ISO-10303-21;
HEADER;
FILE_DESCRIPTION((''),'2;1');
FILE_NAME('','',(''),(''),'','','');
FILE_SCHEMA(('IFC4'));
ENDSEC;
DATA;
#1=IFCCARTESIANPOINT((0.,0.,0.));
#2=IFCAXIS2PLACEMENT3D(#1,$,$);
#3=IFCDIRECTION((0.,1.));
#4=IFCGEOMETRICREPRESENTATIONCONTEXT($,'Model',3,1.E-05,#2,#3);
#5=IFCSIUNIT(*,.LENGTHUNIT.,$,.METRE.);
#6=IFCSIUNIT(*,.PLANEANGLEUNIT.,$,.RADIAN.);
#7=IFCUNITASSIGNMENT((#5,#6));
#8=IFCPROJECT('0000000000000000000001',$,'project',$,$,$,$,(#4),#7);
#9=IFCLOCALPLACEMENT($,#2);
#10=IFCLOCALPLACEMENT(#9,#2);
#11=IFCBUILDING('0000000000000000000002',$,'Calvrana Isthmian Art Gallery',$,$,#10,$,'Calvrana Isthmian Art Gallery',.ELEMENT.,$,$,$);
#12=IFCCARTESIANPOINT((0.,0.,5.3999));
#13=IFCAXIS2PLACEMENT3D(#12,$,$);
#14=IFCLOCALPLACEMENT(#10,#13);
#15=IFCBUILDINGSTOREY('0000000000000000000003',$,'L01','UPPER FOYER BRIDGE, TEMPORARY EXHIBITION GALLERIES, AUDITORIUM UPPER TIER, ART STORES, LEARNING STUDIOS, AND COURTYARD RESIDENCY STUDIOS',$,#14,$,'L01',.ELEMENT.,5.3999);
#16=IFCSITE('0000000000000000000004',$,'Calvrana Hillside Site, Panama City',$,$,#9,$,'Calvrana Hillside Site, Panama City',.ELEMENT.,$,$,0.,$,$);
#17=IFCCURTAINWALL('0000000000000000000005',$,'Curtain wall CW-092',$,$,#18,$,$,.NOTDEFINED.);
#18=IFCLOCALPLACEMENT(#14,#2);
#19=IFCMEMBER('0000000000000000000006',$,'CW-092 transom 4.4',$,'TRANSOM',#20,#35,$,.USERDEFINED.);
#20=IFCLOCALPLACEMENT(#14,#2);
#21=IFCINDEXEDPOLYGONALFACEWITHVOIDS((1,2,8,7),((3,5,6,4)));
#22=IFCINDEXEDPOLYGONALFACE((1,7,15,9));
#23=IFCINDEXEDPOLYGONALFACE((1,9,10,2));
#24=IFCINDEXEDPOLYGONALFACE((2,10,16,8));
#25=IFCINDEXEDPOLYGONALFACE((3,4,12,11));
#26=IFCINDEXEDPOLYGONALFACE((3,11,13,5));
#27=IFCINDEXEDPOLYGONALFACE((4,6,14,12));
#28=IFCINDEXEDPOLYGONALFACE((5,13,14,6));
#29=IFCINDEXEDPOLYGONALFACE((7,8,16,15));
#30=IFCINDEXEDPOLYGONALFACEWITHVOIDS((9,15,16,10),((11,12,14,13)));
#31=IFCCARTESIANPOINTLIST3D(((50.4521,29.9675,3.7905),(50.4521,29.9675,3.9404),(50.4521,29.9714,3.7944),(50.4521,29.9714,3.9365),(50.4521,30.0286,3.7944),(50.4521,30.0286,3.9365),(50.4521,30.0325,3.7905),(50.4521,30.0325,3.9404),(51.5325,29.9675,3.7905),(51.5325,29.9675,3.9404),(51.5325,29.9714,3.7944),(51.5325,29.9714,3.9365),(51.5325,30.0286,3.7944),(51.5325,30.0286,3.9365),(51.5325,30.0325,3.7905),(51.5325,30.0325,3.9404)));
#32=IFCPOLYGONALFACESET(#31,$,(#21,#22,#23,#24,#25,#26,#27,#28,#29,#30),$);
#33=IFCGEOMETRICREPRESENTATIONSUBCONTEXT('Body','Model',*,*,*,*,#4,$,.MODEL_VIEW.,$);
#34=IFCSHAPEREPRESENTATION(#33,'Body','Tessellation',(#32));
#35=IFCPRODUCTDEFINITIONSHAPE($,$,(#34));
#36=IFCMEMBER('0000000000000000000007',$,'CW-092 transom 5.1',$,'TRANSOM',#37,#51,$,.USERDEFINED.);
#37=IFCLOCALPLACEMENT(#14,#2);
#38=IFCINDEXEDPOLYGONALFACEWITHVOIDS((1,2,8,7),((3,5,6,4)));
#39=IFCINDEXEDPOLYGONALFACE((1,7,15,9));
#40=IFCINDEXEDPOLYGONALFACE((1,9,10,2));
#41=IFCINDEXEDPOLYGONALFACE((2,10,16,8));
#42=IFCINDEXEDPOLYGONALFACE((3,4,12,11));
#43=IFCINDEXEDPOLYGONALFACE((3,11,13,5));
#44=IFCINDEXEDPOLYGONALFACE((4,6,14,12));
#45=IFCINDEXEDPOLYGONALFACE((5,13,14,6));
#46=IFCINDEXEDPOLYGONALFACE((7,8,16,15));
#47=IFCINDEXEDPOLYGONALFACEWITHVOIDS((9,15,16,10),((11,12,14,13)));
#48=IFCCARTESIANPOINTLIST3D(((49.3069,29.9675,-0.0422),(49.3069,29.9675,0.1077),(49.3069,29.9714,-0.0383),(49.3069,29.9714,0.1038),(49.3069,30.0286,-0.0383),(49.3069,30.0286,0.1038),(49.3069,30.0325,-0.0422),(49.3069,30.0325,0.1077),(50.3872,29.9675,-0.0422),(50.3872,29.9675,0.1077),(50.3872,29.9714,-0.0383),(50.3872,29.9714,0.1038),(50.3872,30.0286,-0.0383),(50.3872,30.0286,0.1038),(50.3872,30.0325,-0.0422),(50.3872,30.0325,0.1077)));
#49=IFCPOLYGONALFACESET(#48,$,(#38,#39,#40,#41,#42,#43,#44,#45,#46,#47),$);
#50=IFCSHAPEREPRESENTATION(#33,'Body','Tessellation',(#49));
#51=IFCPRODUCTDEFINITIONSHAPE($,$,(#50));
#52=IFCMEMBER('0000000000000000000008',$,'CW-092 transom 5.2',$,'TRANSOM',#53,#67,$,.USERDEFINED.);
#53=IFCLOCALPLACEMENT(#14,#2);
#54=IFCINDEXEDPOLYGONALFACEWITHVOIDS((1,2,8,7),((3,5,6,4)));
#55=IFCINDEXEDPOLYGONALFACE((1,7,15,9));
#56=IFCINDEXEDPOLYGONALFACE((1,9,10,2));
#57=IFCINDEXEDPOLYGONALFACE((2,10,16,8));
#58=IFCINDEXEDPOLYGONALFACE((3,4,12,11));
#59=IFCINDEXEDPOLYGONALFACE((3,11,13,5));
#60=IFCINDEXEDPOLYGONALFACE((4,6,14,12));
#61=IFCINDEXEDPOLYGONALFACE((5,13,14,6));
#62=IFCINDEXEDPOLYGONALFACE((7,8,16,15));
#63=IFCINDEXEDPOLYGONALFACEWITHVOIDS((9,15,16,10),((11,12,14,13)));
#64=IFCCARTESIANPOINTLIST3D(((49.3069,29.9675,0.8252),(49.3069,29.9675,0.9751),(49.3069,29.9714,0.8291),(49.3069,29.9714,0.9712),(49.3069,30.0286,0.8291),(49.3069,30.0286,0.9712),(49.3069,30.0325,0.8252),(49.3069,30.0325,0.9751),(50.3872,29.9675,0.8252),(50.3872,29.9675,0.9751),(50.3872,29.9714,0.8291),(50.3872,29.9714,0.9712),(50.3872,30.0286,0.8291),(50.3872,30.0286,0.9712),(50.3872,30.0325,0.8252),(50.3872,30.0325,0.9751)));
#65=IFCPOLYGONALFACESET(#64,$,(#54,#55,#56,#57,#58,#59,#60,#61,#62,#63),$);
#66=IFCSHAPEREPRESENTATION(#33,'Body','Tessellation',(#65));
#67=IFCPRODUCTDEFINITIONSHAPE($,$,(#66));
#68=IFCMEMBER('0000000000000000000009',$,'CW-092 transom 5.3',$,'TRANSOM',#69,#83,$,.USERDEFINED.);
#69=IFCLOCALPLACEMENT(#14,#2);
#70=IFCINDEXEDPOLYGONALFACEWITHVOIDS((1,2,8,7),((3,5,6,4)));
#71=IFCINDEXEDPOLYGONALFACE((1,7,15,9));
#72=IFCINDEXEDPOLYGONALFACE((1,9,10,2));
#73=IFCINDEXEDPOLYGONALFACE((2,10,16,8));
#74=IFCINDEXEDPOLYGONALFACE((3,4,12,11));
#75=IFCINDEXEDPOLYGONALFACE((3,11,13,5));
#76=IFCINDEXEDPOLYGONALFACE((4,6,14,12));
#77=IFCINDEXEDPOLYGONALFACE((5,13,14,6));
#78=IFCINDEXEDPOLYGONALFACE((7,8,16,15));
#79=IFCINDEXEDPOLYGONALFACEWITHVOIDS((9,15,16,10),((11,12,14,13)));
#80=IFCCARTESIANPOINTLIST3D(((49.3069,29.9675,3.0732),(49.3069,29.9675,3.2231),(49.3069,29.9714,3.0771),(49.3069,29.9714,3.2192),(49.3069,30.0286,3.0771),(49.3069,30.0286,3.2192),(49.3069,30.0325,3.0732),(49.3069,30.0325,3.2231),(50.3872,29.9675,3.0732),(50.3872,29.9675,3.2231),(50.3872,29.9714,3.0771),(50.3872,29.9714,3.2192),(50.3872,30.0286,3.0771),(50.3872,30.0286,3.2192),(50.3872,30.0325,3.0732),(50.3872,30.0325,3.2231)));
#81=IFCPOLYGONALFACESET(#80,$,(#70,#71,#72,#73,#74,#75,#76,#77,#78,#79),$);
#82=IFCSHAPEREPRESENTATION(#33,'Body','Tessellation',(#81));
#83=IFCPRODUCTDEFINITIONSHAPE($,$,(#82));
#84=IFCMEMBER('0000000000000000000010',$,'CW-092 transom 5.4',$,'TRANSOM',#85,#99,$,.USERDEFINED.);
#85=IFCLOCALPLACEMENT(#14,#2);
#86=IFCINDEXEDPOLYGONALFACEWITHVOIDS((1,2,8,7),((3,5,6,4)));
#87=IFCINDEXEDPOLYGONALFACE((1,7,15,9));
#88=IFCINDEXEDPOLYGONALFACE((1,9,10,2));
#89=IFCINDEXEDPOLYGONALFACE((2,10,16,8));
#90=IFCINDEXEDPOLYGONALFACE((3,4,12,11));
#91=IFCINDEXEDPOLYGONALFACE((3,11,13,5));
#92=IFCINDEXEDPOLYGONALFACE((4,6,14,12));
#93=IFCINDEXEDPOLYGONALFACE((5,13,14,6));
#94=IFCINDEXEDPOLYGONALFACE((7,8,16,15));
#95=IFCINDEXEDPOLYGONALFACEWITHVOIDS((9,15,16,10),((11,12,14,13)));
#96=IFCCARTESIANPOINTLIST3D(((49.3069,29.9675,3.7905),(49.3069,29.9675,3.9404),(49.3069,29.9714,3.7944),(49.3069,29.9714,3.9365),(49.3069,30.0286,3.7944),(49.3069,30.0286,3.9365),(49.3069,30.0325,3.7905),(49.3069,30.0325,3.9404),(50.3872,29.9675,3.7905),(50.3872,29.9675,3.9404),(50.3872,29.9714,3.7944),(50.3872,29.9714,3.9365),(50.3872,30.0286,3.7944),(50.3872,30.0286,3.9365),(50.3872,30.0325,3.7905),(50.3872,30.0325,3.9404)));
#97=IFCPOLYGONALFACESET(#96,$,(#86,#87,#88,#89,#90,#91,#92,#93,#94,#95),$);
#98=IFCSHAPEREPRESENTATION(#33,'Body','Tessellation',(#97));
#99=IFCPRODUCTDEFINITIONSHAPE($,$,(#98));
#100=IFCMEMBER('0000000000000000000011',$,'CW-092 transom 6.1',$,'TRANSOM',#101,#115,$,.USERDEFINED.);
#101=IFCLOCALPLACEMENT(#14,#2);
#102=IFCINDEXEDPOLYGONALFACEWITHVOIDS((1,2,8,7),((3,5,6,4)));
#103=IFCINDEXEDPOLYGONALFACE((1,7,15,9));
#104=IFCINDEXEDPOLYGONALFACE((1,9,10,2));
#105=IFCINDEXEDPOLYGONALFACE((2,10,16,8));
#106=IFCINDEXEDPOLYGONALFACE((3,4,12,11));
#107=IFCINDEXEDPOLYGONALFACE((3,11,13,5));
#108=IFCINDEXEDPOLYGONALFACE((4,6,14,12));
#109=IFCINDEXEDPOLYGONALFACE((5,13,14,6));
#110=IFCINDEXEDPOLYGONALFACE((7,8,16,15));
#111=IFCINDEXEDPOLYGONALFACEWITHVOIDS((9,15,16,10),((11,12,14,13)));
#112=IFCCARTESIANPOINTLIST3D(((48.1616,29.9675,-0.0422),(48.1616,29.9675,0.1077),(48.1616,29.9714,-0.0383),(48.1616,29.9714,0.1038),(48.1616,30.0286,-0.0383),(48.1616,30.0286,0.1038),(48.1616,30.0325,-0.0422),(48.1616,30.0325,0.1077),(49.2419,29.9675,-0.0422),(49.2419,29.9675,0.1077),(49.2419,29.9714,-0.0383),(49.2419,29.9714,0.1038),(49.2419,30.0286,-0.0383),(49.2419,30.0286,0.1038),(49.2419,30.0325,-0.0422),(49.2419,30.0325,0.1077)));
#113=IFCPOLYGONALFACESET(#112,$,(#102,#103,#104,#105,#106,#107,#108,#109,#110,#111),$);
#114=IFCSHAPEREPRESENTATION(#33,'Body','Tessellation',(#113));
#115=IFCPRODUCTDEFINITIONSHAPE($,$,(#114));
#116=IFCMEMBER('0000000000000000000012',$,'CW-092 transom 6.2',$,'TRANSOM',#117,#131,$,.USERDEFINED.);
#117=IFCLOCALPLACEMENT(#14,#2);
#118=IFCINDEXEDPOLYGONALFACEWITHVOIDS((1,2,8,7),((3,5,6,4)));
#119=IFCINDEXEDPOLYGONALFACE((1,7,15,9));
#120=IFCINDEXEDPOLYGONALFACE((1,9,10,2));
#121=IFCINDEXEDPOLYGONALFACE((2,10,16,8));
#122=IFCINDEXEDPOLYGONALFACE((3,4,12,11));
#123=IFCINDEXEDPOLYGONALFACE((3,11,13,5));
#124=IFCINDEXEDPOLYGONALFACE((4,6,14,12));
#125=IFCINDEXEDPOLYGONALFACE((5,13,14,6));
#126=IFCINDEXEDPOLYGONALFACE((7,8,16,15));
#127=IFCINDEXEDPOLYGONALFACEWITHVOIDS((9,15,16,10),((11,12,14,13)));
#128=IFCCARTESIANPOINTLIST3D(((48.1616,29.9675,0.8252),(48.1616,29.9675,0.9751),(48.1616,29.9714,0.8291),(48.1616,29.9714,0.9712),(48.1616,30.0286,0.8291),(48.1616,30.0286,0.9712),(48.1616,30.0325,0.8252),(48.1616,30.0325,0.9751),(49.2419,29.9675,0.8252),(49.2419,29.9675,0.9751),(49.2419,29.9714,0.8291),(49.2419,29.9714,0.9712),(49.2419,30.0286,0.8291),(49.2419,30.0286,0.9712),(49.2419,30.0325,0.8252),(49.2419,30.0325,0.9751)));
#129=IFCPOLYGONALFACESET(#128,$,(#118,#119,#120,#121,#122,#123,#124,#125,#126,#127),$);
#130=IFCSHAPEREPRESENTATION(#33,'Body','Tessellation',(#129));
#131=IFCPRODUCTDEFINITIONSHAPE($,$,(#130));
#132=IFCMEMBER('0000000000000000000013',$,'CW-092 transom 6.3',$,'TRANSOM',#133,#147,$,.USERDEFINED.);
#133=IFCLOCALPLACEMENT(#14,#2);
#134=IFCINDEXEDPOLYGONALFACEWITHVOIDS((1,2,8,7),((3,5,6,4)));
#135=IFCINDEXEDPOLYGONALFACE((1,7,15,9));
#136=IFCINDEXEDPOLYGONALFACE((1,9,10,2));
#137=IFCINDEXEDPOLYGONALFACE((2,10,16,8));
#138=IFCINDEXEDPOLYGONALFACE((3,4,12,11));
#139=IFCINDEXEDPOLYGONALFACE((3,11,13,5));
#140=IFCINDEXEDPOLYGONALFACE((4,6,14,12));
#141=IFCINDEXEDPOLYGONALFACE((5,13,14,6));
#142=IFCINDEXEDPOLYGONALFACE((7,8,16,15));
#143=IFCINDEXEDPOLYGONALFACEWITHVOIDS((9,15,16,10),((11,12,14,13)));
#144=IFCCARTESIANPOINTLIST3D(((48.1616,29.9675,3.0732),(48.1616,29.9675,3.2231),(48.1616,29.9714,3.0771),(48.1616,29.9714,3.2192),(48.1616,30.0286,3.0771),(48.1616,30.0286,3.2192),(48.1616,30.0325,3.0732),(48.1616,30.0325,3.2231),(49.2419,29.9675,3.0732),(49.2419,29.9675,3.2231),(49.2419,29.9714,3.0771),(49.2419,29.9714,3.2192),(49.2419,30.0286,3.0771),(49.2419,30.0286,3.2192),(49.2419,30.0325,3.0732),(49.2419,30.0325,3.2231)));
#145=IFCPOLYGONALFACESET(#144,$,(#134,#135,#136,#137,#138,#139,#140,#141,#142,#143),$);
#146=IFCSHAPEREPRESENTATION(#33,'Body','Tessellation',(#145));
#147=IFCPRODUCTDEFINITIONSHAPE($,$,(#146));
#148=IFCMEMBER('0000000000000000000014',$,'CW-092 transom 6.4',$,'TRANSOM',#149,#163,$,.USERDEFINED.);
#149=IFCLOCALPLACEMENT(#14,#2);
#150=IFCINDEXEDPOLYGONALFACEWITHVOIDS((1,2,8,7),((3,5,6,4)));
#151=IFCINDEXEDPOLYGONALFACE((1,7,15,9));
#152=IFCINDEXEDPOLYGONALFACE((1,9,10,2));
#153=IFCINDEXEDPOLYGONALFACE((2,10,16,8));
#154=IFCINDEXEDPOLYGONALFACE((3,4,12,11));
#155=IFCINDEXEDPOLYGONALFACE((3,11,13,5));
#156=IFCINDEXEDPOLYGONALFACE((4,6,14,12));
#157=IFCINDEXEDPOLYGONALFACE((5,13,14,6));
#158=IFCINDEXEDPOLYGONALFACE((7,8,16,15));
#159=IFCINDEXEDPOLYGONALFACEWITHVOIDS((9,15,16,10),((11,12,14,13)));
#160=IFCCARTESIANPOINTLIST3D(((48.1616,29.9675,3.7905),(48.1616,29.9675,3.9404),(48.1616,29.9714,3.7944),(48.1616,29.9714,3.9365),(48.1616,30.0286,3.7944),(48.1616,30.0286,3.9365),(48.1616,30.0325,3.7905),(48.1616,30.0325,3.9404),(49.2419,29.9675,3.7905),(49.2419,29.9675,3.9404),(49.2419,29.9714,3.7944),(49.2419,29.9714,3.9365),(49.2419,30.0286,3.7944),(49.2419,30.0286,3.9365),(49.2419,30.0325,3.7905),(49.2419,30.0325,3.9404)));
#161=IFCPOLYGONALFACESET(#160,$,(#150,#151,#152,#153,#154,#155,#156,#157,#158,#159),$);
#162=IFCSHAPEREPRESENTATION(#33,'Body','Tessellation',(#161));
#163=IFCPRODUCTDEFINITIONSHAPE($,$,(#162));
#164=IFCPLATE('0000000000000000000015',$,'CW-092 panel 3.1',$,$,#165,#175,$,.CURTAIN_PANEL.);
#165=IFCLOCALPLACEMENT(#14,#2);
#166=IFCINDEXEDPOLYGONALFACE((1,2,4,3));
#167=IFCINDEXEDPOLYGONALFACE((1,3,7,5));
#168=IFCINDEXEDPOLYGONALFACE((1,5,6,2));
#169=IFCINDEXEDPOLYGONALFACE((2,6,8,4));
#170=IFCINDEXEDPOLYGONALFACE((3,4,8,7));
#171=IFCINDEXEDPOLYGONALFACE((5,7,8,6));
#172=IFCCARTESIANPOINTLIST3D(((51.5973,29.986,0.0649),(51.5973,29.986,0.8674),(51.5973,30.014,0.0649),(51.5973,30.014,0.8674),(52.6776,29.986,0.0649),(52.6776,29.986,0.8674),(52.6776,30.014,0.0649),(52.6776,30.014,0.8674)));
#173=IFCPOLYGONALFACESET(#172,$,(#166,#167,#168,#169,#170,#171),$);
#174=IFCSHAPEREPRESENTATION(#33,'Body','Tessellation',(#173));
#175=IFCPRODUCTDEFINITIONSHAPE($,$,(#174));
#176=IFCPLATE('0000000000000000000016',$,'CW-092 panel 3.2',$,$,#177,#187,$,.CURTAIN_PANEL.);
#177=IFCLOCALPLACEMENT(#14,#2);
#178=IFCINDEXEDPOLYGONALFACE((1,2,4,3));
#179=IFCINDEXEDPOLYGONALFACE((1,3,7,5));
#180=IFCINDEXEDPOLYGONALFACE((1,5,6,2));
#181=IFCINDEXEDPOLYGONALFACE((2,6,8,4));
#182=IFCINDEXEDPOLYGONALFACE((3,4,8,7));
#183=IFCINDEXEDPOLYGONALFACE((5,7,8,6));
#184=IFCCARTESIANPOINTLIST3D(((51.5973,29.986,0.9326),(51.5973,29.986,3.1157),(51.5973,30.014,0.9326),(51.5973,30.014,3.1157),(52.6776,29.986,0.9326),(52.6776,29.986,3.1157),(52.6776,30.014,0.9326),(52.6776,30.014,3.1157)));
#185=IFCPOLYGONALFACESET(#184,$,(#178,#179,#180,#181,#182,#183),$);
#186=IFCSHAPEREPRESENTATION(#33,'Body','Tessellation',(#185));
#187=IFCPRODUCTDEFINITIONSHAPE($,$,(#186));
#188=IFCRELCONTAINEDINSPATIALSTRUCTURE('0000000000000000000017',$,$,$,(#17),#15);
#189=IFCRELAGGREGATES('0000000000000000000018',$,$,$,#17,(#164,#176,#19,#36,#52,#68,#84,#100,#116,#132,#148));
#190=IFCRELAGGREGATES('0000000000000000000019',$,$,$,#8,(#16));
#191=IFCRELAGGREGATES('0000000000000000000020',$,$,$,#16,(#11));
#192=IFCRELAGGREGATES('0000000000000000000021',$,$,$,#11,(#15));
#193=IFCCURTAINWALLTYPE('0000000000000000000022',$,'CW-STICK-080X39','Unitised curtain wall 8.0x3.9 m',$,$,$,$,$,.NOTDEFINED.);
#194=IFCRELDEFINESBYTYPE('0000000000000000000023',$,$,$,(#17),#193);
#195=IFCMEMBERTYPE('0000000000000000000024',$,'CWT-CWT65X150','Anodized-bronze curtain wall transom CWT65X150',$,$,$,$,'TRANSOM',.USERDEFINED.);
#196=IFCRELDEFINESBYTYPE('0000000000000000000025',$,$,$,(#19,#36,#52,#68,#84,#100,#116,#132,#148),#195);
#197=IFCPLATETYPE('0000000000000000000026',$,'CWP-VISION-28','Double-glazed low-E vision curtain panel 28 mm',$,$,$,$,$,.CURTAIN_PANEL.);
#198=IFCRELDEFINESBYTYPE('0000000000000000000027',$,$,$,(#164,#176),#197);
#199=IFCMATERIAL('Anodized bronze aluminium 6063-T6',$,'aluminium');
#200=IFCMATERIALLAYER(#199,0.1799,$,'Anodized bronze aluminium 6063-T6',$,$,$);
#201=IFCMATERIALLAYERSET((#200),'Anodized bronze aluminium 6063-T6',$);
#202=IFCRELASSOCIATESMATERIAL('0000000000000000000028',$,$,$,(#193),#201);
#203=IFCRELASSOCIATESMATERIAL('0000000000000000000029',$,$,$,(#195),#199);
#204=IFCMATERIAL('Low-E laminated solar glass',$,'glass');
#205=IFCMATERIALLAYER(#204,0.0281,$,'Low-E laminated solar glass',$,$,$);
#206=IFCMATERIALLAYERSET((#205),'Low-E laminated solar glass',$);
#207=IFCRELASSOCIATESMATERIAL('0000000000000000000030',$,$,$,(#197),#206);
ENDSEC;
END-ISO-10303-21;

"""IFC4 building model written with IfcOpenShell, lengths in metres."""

from ifc_helpers import new_model, si_unit, direction, frame, origin, origin_2d, place, context, subcontext, project, spatial, rectangle, hollow_rectangle, extrude, material, layer, layer_set, material_profile, profile_set, type_object, element, aggregate, save


model = new_model("IFC4")

# Units and contexts
model_context = context("Model", 3, precision=1e-05, world=origin(), true_north=direction((0.0, 1.0)))
body_context = subcontext(model_context, "Body", "Model", "MODEL_VIEW")
ifc_project = project(units=[si_unit("LENGTHUNIT", "METRE"), si_unit("PLANEANGLEUNIT", "RADIAN")], contexts=[model_context])

# Site, building, storey
site_placement = place(None, origin())
site = spatial("IfcSite", under=ifc_project, at=site_placement, Name="Calvrana Hillside Site, Panama City", LongName="Calvrana Hillside Site, Panama City", CompositionType="ELEMENT", RefElevation=0.0)
building_placement = place(site_placement, origin())
building = spatial("IfcBuilding", under=site, at=building_placement, Name="Calvrana Isthmian Art Gallery", LongName="Calvrana Isthmian Art Gallery", CompositionType="ELEMENT")
storey_placement = place(building_placement, frame((0.0, 0.0, 5.3999)))
storey = spatial("IfcBuildingStorey", under=building, at=storey_placement, Name="L01", Description="UPPER FOYER BRIDGE, TEMPORARY EXHIBITION GALLERIES, AUDITORIUM UPPER TIER, ART STORES, LEARNING STUDIOS, AND COURTYARD RESIDENCY STUDIOS", LongName="L01", CompositionType="ELEMENT", Elevation=5.3999)

# Curtain wall, members, plates
ifc_material_1 = material(Name="Anodized bronze aluminium 6063-T6", Category="aluminium")
ifc_layer_1 = layer(ifc_material_1, 0.1799, Name="Anodized bronze aluminium 6063-T6")
ifc_layer_set_1 = layer_set([ifc_layer_1], Name="Anodized bronze aluminium 6063-T6")
curtain_wall_type = type_object("IfcCurtainWallType", Name="CW-STICK-080X39", Description="Unitised curtain wall 8.0x3.9 m", PredefinedType="NOTDEFINED", material=ifc_layer_set_1)
curtain_wall_placement = place(storey_placement, origin())
curtain_wall = element("IfcCurtainWall", 1, at=curtain_wall_placement, inside=storey, type_object=curtain_wall_type, Name="Curtain wall CW-092", PredefinedType="NOTDEFINED")
ifc_material_profile_1 = material_profile(ifc_material_1, hollow_rectangle(XDim=0.0649, YDim=0.1499, WallThickness=0.0039, at=origin_2d()), Name="CWT65X150")
ifc_profile_set_1 = profile_set([ifc_material_profile_1], Name="Anodized bronze aluminium 6063-T6")
member_type_1 = type_object("IfcMemberType", Name="CWT-CWT65X150", Description="Anodized-bronze curtain wall transom CWT65X150", ElementType="TRANSOM", PredefinedType="USERDEFINED", material=ifc_profile_set_1)
member_1_placement = place(storey_placement, frame((51.5325, 30.0, 3.8655), z_axis=(-1.0, 0.0, 0.0), x_axis=(0.0, -1.0, 0.0)))
member_1 = element("IfcMember", 2, at=member_1_placement, type_object=member_type_1, Name="CW-092 transom 4.4", ObjectType="TRANSOM", PredefinedType="USERDEFINED", context=body_context, shape_type="SweptSolid", body=[
    extrude(hollow_rectangle(XDim=0.0649, YDim=0.1499, WallThickness=0.0039, at=origin_2d()), origin(), (0.0, 0.0, 1.0), 1.0803),
])
member_2_placement = place(storey_placement, frame((50.3872, 30.0, 0.0327), z_axis=(-1.0, 0.0, 0.0), x_axis=(0.0, -1.0, 0.0)))
member_2 = element("IfcMember", 3, at=member_2_placement, type_object=member_type_1, Name="CW-092 transom 5.1", ObjectType="TRANSOM", PredefinedType="USERDEFINED", context=body_context, shape_type="SweptSolid", body=[
    extrude(hollow_rectangle(XDim=0.0649, YDim=0.1499, WallThickness=0.0039, at=origin_2d()), origin(), (0.0, 0.0, 1.0), 1.0803),
])
member_3_placement = place(storey_placement, frame((50.3872, 30.0, 0.9001), z_axis=(-1.0, 0.0, 0.0), x_axis=(0.0, -1.0, 0.0)))
member_3 = element("IfcMember", 4, at=member_3_placement, type_object=member_type_1, Name="CW-092 transom 5.2", ObjectType="TRANSOM", PredefinedType="USERDEFINED", context=body_context, shape_type="SweptSolid", body=[
    extrude(hollow_rectangle(XDim=0.0649, YDim=0.1499, WallThickness=0.0039, at=origin_2d()), origin(), (0.0, 0.0, 1.0), 1.0803),
])
member_4_placement = place(storey_placement, frame((50.3872, 30.0, 3.1482), z_axis=(-1.0, 0.0, 0.0), x_axis=(0.0, -1.0, 0.0)))
member_4 = element("IfcMember", 5, at=member_4_placement, type_object=member_type_1, Name="CW-092 transom 5.3", ObjectType="TRANSOM", PredefinedType="USERDEFINED", context=body_context, shape_type="SweptSolid", body=[
    extrude(hollow_rectangle(XDim=0.0649, YDim=0.1499, WallThickness=0.0039, at=origin_2d()), origin(), (0.0, 0.0, 1.0), 1.0803),
])
member_5_placement = place(storey_placement, frame((50.3872, 30.0, 3.8655), z_axis=(-1.0, 0.0, 0.0), x_axis=(0.0, -1.0, 0.0)))
member_5 = element("IfcMember", 6, at=member_5_placement, type_object=member_type_1, Name="CW-092 transom 5.4", ObjectType="TRANSOM", PredefinedType="USERDEFINED", context=body_context, shape_type="SweptSolid", body=[
    extrude(hollow_rectangle(XDim=0.0649, YDim=0.1499, WallThickness=0.0039, at=origin_2d()), origin(), (0.0, 0.0, 1.0), 1.0803),
])
member_6_placement = place(storey_placement, frame((49.2419, 30.0, 0.0327), z_axis=(-1.0, 0.0, 0.0), x_axis=(0.0, -1.0, 0.0)))
member_6 = element("IfcMember", 7, at=member_6_placement, type_object=member_type_1, Name="CW-092 transom 6.1", ObjectType="TRANSOM", PredefinedType="USERDEFINED", context=body_context, shape_type="SweptSolid", body=[
    extrude(hollow_rectangle(XDim=0.0649, YDim=0.1499, WallThickness=0.0039, at=origin_2d()), origin(), (0.0, 0.0, 1.0), 1.0803),
])
member_7_placement = place(storey_placement, frame((49.2419, 30.0, 0.9001), z_axis=(-1.0, 0.0, 0.0), x_axis=(0.0, -1.0, 0.0)))
member_7 = element("IfcMember", 8, at=member_7_placement, type_object=member_type_1, Name="CW-092 transom 6.2", ObjectType="TRANSOM", PredefinedType="USERDEFINED", context=body_context, shape_type="SweptSolid", body=[
    extrude(hollow_rectangle(XDim=0.0649, YDim=0.1499, WallThickness=0.0039, at=origin_2d()), origin(), (0.0, 0.0, 1.0), 1.0803),
])
member_8_placement = place(storey_placement, frame((49.2419, 30.0, 3.1482), z_axis=(-1.0, 0.0, 0.0), x_axis=(0.0, -1.0, 0.0)))
member_8 = element("IfcMember", 9, at=member_8_placement, type_object=member_type_1, Name="CW-092 transom 6.3", ObjectType="TRANSOM", PredefinedType="USERDEFINED", context=body_context, shape_type="SweptSolid", body=[
    extrude(hollow_rectangle(XDim=0.0649, YDim=0.1499, WallThickness=0.0039, at=origin_2d()), origin(), (0.0, 0.0, 1.0), 1.0803),
])
member_9_placement = place(storey_placement, frame((49.2419, 30.0, 3.8655), z_axis=(-1.0, 0.0, 0.0), x_axis=(0.0, -1.0, 0.0)))
member_9 = element("IfcMember", 10, at=member_9_placement, type_object=member_type_1, Name="CW-092 transom 6.4", ObjectType="TRANSOM", PredefinedType="USERDEFINED", context=body_context, shape_type="SweptSolid", body=[
    extrude(hollow_rectangle(XDim=0.0649, YDim=0.1499, WallThickness=0.0039, at=origin_2d()), origin(), (0.0, 0.0, 1.0), 1.0803),
])
ifc_material_2 = material(Name="Low-E laminated solar glass", Category="glass")
ifc_layer_2 = layer(ifc_material_2, 0.0281, Name="Low-E laminated solar glass")
ifc_layer_set_2 = layer_set([ifc_layer_2], Name="Low-E laminated solar glass")
plate_type = type_object("IfcPlateType", Name="CWP-VISION-28", Description="Double-glazed low-E vision curtain panel 28 mm", PredefinedType="CURTAIN_PANEL", material=ifc_layer_set_2)
plate_1_placement = place(storey_placement, frame((52.1375, 30.0, 0.0649), z_axis=(0.0, 0.0, 1.0), x_axis=(-1.0, 0.0, 0.0)))
plate_1 = element("IfcPlate", 11, at=plate_1_placement, type_object=plate_type, Name="CW-092 panel 3.1", PredefinedType="CURTAIN_PANEL", context=body_context, shape_type="SweptSolid", body=[
    extrude(rectangle(XDim=1.0803, YDim=0.0281, at=origin_2d()), origin(), (0.0, 0.0, 1.0), 0.8025),
])
plate_2_placement = place(storey_placement, frame((52.1375, 30.0, 0.9326), z_axis=(0.0, 0.0, 1.0), x_axis=(-1.0, 0.0, 0.0)))
plate_2 = element("IfcPlate", 12, at=plate_2_placement, type_object=plate_type, Name="CW-092 panel 3.2", PredefinedType="CURTAIN_PANEL", context=body_context, shape_type="SweptSolid", body=[
    extrude(rectangle(XDim=1.0803, YDim=0.0281, at=origin_2d()), origin(), (0.0, 0.0, 1.0), 2.1831),
])
aggregate(curtain_wall, [plate_1, plate_2, member_1, member_2, member_3, member_4, member_5, member_6, member_7, member_8, member_9])

save(model, "model.ifc")
